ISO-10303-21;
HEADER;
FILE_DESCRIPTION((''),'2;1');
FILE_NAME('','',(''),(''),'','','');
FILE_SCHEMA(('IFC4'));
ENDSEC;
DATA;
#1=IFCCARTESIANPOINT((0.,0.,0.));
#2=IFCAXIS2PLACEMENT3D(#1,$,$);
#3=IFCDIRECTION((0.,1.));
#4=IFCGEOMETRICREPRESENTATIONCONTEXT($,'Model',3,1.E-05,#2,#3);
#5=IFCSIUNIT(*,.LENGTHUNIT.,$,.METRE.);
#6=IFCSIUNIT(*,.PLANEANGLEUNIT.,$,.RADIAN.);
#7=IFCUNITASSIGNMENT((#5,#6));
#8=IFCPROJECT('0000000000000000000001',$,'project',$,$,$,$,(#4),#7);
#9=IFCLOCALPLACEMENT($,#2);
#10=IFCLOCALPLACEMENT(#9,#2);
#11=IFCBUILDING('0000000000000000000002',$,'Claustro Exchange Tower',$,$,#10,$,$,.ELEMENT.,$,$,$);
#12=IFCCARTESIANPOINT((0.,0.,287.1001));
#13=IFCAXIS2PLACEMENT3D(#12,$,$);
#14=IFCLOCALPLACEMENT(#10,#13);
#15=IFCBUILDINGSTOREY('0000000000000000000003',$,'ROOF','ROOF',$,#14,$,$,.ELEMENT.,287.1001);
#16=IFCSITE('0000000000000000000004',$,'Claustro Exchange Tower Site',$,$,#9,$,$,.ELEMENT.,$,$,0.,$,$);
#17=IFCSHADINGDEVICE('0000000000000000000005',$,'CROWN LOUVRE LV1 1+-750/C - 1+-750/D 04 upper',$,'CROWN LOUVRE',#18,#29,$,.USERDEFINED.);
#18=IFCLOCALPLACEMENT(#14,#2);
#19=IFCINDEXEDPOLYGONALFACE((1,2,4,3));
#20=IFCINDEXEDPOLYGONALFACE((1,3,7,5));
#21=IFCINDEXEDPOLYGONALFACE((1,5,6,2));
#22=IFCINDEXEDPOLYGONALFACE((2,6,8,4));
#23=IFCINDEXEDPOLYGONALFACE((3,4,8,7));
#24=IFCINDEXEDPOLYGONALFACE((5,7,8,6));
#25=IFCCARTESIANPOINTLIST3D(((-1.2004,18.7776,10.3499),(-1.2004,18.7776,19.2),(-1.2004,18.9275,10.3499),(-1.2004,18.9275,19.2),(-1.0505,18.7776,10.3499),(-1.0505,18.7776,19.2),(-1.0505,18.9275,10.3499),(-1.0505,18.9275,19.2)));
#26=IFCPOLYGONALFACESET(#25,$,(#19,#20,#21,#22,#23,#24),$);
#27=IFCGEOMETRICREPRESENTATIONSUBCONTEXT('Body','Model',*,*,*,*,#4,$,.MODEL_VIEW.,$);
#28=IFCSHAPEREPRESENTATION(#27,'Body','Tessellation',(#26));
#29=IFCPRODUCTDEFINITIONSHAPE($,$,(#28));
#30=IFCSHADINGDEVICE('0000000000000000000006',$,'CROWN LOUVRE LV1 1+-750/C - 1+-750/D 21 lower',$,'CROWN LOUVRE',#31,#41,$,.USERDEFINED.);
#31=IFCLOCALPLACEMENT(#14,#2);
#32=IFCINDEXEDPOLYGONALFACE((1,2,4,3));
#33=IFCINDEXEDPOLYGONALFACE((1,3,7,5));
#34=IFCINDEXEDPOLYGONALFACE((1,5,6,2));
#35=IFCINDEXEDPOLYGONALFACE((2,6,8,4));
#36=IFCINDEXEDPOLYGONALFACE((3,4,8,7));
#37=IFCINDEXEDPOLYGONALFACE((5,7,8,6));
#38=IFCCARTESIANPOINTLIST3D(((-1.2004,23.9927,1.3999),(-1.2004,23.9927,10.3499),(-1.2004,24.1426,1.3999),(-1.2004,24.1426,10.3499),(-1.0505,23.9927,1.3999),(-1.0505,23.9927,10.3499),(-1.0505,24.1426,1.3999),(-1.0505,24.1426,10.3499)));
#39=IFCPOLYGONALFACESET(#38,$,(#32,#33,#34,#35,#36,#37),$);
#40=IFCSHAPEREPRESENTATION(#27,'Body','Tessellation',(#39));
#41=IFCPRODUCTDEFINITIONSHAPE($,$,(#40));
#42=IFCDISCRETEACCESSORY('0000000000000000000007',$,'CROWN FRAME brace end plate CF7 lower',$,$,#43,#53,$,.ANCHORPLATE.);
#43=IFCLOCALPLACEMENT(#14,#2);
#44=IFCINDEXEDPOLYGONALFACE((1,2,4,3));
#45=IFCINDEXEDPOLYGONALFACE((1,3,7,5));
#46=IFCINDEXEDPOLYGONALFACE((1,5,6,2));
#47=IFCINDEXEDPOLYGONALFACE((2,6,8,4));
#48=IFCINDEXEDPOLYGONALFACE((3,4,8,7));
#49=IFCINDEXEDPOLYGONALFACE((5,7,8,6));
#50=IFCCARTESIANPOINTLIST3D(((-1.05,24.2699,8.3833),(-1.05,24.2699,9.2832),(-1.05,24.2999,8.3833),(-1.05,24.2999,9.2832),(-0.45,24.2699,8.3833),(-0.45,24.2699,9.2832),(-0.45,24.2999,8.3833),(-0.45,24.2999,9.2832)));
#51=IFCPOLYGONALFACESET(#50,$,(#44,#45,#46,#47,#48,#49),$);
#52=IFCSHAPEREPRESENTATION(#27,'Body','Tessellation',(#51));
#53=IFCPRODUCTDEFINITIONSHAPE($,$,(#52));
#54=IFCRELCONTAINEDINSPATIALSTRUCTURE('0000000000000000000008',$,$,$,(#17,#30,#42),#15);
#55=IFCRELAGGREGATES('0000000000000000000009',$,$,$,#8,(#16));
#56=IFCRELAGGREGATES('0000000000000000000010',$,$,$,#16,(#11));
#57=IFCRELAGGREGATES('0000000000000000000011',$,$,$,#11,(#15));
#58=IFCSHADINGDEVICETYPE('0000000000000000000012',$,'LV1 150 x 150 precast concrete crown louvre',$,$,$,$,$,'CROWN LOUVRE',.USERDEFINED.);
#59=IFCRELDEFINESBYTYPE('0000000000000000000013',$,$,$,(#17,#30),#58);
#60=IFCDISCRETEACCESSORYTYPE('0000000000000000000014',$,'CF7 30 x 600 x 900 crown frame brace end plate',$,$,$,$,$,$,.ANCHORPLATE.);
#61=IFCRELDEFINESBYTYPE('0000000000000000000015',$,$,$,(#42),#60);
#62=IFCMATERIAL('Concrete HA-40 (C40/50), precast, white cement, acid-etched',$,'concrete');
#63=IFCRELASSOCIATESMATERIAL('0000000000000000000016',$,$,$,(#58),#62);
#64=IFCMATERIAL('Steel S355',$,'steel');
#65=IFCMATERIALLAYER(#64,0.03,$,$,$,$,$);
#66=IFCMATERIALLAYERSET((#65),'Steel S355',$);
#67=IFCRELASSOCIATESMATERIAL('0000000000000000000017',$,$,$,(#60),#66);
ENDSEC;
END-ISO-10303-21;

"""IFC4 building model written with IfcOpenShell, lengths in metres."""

from ifc_helpers import new_model, si_unit, direction, frame, origin, origin_2d, place, context, subcontext, project, spatial, rectangle, extrude, material, layer, layer_set, type_object, element, save


model = new_model("IFC4")

# Units and contexts
model_context = context("Model", 3, precision=1e-05, world=origin(), true_north=direction((0.0, 1.0)))
body_context = subcontext(model_context, "Body", "Model", "MODEL_VIEW")
ifc_project = project(units=[si_unit("LENGTHUNIT", "METRE"), si_unit("PLANEANGLEUNIT", "RADIAN")], contexts=[model_context])

# Site, building, storey
site_placement = place(None, origin())
site = spatial("IfcSite", under=ifc_project, at=site_placement, Name="Claustro Exchange Tower Site", CompositionType="ELEMENT", RefElevation=0.0)
building_placement = place(site_placement, origin())
building = spatial("IfcBuilding", under=site, at=building_placement, Name="Claustro Exchange Tower", CompositionType="ELEMENT")
storey_placement = place(building_placement, frame((0.0, 0.0, 287.1001)))
storey = spatial("IfcBuildingStorey", under=building, at=storey_placement, Name="ROOF", Description="ROOF", CompositionType="ELEMENT", Elevation=287.1001)

# Shading devices
ifc_material_1 = material(Name="Concrete HA-40 (C40/50), precast, white cement, acid-etched", Category="concrete")
shading_device_type = type_object("IfcShadingDeviceType", Name="LV1 150 x 150 precast concrete crown louvre", ElementType="CROWN LOUVRE", PredefinedType="USERDEFINED", material=ifc_material_1)
for number, where, z_axis, x_axis, name in (
    (1, (-1.1255, 18.8525, 10.3499), (0.0, 0.0, 1.0), (0.0, 1.0, 0.0), "CROWN LOUVRE LV1 1+-750/C - 1+-750/D 04 upper"),
):
    element("IfcShadingDevice", number, at=place(storey_placement, frame(where, z_axis=z_axis, x_axis=x_axis)), inside=storey, type_object=shading_device_type, Name=name, ObjectType="CROWN LOUVRE", PredefinedType="USERDEFINED", context=body_context, shape_type="SweptSolid", body=[
        extrude(rectangle(XDim=0.1499, YDim=0.1499, at=origin_2d()), origin(), (0.0, 0.0, 1.0), 8.8501),
    ])
shading_device_placement = place(storey_placement, frame((-1.1255, 24.0676, 1.3999), z_axis=(0.0, 0.0, 1.0), x_axis=(0.0, 1.0, 0.0)))
element("IfcShadingDevice", 2, at=shading_device_placement, inside=storey, type_object=shading_device_type, Name="CROWN LOUVRE LV1 1+-750/C - 1+-750/D 21 lower", ObjectType="CROWN LOUVRE", PredefinedType="USERDEFINED", context=body_context, shape_type="SweptSolid", body=[
    extrude(rectangle(XDim=0.1499, YDim=0.1499, at=origin_2d()), origin(), (0.0, 0.0, 1.0), 8.95),
])

# Discrete accessory
ifc_material_2 = material(Name="Steel S355", Category="steel")
ifc_layer = layer(ifc_material_2, 0.03)
ifc_layer_set = layer_set([ifc_layer], Name="Steel S355")
discrete_accessory_type = type_object("IfcDiscreteAccessoryType", Name="CF7 30 x 600 x 900 crown frame brace end plate", PredefinedType="ANCHORPLATE", material=ifc_layer_set)
discrete_accessory_placement = place(storey_placement, frame((-0.75, 24.2849, 8.3833), z_axis=(0.0, 0.0, 1.0), x_axis=(0.0, 1.0, 0.0)))
element("IfcDiscreteAccessory", 3, at=discrete_accessory_placement, inside=storey, type_object=discrete_accessory_type, Name="CROWN FRAME brace end plate CF7 lower", PredefinedType="ANCHORPLATE", context=body_context, shape_type="SweptSolid", body=[
    extrude(rectangle(XDim=0.03, YDim=0.6001, at=origin_2d()), origin(), (0.0, 0.0, 1.0), 0.8999),
])

save(model, "model.ifc")
